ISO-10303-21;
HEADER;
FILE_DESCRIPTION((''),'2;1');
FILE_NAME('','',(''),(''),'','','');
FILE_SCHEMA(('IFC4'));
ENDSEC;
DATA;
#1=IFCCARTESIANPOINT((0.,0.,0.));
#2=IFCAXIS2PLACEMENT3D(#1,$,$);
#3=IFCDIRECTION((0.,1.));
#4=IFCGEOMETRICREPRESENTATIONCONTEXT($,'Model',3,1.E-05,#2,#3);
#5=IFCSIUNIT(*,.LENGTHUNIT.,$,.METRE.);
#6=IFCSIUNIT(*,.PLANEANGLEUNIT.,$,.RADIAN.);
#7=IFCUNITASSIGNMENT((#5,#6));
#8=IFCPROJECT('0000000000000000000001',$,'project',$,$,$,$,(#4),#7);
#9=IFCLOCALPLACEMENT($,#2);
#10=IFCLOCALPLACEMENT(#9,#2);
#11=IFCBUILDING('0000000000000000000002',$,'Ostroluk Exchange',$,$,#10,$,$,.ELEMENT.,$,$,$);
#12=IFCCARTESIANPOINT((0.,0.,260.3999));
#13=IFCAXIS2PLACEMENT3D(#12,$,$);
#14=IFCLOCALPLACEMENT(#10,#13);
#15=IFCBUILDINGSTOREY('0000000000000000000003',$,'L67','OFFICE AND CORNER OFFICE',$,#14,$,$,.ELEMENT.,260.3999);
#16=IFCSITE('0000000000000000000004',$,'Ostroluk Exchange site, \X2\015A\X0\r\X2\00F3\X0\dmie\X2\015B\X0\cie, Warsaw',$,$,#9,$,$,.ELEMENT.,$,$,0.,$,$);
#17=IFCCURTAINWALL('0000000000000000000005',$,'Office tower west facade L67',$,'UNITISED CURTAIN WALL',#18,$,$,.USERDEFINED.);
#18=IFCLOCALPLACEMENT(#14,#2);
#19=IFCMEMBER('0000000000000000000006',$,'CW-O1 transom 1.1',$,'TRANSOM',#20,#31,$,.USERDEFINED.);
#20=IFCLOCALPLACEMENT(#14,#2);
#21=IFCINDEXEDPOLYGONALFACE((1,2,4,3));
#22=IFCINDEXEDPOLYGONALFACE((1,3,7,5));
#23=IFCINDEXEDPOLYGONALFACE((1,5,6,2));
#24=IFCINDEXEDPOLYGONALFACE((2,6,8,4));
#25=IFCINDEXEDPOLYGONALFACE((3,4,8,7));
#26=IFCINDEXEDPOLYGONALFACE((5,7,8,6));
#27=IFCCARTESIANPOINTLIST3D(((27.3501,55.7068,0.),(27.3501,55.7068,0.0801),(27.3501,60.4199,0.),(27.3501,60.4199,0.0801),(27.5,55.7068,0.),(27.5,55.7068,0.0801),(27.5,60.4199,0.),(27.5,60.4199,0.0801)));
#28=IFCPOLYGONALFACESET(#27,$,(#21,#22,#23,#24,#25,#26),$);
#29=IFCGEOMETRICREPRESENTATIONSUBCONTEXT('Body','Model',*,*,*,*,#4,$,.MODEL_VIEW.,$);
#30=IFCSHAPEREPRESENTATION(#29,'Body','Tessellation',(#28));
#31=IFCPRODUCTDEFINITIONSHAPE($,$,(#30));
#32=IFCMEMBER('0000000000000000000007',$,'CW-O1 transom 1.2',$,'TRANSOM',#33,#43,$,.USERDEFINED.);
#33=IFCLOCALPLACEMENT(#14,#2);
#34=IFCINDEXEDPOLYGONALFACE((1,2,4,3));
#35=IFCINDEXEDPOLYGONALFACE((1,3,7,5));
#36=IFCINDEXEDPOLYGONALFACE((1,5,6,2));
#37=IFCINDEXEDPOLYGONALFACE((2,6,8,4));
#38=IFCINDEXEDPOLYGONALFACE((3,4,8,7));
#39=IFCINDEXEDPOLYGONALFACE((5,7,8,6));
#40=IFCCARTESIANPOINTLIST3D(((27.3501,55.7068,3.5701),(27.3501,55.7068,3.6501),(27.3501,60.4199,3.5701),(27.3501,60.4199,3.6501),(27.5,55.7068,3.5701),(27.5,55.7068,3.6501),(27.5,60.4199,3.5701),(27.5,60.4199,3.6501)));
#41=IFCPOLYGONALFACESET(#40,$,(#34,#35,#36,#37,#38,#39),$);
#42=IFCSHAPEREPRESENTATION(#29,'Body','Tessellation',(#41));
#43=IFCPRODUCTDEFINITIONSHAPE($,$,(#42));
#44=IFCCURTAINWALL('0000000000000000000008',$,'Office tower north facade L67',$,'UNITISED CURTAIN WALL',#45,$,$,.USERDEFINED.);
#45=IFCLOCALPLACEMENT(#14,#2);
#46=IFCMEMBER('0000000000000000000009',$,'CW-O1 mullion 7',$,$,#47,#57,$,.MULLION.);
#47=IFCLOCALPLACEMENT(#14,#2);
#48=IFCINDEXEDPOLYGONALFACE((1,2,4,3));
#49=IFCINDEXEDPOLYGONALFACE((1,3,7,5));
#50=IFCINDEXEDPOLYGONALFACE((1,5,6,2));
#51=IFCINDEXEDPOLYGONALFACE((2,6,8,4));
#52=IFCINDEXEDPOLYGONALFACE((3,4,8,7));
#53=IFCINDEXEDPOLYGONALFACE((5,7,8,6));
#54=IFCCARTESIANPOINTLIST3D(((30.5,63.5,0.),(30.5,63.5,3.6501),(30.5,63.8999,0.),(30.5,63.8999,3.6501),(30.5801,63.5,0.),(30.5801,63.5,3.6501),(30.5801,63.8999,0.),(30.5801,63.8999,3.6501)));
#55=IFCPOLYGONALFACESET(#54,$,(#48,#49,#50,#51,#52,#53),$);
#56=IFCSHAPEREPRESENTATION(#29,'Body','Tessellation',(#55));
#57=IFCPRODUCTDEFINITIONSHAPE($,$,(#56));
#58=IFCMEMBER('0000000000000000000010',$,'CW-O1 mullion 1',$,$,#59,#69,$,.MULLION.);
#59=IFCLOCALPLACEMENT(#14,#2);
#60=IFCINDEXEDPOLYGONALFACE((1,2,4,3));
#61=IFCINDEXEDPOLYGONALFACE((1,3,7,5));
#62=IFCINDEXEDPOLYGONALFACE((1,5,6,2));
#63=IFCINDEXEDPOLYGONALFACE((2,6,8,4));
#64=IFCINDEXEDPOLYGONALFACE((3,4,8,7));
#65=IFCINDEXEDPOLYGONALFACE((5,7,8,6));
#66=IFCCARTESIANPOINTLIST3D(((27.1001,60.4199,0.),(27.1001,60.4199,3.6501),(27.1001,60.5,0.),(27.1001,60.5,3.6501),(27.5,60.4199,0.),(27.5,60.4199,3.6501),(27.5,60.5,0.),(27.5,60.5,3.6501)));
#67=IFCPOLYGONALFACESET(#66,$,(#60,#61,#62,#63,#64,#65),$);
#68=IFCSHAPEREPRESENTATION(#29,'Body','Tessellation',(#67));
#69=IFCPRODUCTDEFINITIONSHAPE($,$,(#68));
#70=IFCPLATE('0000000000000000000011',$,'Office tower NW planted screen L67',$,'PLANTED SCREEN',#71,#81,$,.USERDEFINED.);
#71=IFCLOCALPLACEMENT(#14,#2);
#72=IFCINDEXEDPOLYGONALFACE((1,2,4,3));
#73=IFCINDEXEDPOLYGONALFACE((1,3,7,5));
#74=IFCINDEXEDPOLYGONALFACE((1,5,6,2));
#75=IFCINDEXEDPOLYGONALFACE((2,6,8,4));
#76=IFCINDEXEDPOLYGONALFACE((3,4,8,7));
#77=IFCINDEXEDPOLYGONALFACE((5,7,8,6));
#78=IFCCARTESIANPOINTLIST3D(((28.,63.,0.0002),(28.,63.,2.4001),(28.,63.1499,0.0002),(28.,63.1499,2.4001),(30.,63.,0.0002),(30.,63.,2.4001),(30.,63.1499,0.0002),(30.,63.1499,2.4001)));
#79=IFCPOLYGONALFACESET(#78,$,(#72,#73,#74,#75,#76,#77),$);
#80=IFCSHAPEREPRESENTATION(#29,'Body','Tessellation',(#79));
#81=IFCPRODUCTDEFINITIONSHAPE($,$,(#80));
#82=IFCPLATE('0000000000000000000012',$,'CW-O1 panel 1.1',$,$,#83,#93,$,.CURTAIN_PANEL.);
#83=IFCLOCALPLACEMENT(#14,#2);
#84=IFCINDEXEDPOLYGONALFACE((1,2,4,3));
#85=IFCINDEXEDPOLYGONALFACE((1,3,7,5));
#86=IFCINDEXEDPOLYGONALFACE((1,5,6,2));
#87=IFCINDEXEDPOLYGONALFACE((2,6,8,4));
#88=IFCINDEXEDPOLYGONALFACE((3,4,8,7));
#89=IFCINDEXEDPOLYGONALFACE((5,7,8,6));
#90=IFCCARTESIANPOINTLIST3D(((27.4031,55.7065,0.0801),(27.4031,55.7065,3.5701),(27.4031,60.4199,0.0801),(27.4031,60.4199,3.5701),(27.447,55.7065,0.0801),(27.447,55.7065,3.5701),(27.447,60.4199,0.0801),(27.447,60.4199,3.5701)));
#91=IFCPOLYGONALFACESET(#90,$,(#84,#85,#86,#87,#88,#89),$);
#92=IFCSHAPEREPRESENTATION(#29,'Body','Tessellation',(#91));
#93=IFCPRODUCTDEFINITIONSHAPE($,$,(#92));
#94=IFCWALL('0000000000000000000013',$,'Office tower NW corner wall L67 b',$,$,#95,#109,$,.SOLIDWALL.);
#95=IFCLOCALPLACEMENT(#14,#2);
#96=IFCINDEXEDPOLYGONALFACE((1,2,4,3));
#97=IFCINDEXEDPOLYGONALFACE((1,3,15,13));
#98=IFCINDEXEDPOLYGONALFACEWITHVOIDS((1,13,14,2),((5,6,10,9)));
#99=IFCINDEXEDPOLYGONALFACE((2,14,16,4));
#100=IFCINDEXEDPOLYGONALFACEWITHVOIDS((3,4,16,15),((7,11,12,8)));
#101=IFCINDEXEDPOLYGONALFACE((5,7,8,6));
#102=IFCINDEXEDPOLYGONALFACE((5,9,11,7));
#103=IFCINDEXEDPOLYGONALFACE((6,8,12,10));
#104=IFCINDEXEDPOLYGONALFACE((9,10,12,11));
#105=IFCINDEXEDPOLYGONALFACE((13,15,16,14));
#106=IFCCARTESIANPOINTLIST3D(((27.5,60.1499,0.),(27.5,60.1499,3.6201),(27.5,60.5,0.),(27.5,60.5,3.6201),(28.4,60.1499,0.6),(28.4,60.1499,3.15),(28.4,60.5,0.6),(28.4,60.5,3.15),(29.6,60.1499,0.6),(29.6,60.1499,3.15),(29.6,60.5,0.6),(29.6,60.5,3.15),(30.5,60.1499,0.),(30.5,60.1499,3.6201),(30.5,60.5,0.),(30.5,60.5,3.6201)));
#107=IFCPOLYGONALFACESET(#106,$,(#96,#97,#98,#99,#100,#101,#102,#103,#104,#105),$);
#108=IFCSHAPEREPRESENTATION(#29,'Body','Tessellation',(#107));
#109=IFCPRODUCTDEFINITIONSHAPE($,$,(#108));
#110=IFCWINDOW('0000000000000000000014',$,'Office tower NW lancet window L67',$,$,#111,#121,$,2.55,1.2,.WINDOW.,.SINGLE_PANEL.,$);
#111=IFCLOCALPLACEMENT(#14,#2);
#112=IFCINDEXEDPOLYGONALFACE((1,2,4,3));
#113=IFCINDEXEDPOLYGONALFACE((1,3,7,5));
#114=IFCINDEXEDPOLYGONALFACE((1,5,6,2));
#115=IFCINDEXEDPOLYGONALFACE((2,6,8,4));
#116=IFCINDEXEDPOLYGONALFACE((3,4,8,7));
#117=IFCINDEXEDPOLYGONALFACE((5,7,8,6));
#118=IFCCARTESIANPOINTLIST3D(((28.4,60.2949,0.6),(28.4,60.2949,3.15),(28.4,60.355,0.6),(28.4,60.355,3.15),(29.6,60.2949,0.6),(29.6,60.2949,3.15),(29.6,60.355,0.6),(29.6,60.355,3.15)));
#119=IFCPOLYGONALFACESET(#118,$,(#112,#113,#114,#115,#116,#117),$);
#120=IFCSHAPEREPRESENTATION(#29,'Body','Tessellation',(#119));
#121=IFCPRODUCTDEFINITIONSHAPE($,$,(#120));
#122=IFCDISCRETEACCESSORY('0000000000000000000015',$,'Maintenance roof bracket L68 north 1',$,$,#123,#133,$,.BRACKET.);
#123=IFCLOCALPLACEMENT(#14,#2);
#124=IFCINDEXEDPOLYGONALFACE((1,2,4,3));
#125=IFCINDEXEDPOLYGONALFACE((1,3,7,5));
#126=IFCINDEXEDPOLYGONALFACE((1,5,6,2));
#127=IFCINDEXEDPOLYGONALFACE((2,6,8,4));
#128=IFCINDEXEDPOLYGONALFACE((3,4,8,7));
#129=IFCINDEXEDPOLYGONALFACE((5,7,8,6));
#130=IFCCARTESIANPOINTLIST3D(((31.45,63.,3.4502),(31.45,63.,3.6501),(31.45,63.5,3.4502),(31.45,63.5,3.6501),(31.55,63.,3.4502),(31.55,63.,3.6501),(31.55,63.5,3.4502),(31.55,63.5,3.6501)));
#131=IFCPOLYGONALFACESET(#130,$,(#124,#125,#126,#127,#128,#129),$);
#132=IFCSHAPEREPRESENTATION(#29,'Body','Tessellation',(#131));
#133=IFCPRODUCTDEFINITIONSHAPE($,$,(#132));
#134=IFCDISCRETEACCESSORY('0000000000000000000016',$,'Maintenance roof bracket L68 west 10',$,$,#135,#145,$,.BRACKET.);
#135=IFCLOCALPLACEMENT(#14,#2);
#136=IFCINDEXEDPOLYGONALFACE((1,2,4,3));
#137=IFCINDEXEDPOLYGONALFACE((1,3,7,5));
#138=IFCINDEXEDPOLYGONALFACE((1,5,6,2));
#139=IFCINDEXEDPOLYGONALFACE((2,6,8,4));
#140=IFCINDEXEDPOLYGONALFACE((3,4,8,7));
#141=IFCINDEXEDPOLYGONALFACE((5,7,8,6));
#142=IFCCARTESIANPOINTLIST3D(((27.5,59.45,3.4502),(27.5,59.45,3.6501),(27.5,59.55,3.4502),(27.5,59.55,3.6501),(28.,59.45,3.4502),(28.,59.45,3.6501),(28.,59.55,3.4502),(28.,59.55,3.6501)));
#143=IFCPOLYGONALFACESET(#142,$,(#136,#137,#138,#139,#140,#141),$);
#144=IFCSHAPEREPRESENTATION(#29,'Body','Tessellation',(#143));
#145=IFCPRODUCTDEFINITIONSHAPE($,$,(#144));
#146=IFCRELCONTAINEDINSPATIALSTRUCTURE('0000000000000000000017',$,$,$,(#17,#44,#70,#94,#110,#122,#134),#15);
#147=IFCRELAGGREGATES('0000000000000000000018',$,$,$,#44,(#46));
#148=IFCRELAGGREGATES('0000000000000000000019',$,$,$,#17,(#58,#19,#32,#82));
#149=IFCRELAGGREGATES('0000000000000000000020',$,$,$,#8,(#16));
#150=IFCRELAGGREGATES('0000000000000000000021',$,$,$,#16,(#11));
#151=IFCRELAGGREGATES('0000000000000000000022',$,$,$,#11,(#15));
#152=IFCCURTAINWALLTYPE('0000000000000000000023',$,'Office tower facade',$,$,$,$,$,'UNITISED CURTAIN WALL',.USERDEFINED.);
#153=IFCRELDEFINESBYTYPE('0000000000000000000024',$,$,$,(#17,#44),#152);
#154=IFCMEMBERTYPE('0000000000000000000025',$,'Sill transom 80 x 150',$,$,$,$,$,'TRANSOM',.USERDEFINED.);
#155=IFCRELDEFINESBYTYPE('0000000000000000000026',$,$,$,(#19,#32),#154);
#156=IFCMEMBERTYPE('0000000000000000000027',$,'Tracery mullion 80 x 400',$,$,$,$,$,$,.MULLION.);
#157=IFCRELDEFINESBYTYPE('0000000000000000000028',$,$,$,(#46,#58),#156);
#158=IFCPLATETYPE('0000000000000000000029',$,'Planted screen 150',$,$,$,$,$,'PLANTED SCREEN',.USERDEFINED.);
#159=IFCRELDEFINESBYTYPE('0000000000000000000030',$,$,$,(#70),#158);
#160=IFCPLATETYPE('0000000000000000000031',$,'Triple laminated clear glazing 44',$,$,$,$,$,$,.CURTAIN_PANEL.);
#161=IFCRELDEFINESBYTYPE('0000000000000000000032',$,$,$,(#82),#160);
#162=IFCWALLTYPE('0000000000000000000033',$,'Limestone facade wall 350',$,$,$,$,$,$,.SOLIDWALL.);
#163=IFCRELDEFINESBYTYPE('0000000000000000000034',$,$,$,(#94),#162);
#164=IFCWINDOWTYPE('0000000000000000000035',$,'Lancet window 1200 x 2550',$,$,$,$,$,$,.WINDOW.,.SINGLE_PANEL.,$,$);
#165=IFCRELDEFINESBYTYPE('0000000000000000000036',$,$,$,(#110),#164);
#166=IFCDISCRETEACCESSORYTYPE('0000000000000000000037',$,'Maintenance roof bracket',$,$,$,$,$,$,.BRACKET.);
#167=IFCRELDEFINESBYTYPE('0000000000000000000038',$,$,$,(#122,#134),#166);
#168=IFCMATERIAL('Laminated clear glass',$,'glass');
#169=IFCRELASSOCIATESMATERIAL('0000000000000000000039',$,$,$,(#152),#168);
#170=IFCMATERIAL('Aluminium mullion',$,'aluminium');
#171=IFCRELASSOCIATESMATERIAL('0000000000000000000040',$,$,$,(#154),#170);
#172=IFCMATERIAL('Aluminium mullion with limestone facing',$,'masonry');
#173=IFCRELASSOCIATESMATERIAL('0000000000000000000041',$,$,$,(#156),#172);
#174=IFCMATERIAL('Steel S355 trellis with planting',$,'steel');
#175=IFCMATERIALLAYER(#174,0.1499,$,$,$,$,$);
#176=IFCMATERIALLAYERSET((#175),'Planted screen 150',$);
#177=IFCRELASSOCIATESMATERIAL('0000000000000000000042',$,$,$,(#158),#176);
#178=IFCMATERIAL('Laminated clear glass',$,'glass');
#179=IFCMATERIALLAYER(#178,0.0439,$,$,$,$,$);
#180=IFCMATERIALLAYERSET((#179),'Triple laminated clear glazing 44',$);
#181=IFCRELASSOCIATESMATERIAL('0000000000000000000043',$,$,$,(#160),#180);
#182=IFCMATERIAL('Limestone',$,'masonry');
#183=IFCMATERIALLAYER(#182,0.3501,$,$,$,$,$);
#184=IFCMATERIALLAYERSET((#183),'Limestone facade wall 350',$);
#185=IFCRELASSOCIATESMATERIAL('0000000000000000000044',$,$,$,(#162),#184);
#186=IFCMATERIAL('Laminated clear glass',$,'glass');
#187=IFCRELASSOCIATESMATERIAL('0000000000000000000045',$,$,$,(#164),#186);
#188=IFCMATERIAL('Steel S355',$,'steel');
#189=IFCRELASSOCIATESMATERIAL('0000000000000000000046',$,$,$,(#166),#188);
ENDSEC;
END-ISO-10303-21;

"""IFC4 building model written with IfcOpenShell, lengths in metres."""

from ifc_helpers import new_model, si_unit, direction, frame, frame_2d, origin, origin_2d, place, context, subcontext, project, spatial, rectangle, extrude, material, layer, layer_set, material_profile, profile_set, type_object, element, fill, aggregate, save


model = new_model("IFC4")

# Units and contexts
model_context = context("Model", 3, precision=1e-05, world=origin(), true_north=direction((0.0, 1.0)))
body_context = subcontext(model_context, "Body", "Model", "MODEL_VIEW")
ifc_project = project(units=[si_unit("LENGTHUNIT", "METRE"), si_unit("PLANEANGLEUNIT", "RADIAN")], contexts=[model_context])

# Site, building, storey
site_placement = place(None, origin())
site = spatial("IfcSite", under=ifc_project, at=site_placement, Name="Ostroluk Exchange site, Śródmieście, Warsaw", CompositionType="ELEMENT", RefElevation=0.0)
building_placement = place(site_placement, origin())
building = spatial("IfcBuilding", under=site, at=building_placement, Name="Ostroluk Exchange", CompositionType="ELEMENT")
storey_placement = place(building_placement, frame((0.0, 0.0, 260.3999)))
storey = spatial("IfcBuildingStorey", under=building, at=storey_placement, Name="L67", Description="OFFICE AND CORNER OFFICE", CompositionType="ELEMENT", Elevation=260.3999)

# Curtain wall, members
ifc_material_1 = material(Name="Laminated clear glass", Category="glass")
curtain_wall_type = type_object("IfcCurtainWallType", Name="Office tower facade", ElementType="UNITISED CURTAIN WALL", PredefinedType="USERDEFINED", material=ifc_material_1)
curtain_wall_1_placement = place(storey_placement, origin())
curtain_wall_1 = element("IfcCurtainWall", 1, at=curtain_wall_1_placement, inside=storey, type_object=curtain_wall_type, Name="Office tower west facade L67", ObjectType="UNITISED CURTAIN WALL", PredefinedType="USERDEFINED")
ifc_material_2 = material(Name="Aluminium mullion", Category="aluminium")
ifc_material_profile_1 = material_profile(ifc_material_2, rectangle(XDim=0.1499, YDim=0.0801, at=origin_2d()), Name="Sill transom 80 x 150")
ifc_profile_set_1 = profile_set([ifc_material_profile_1], Name="Aluminium mullion")
member_type_1 = type_object("IfcMemberType", Name="Sill transom 80 x 150", ElementType="TRANSOM", PredefinedType="USERDEFINED", material=ifc_profile_set_1)
member_1_placement = place(storey_placement, frame((27.425, 60.4199, 0.04), z_axis=(0.0, -1.0, 0.0), x_axis=(1.0, 0.0, 0.0)))
member_1 = element("IfcMember", 2, at=member_1_placement, type_object=member_type_1, Name="CW-O1 transom 1.1", ObjectType="TRANSOM", PredefinedType="USERDEFINED", context=body_context, shape_type="SweptSolid", body=[
    extrude(rectangle(XDim=0.1499, YDim=0.0801, at=origin_2d()), origin(), (0.0, 0.0, 1.0), 4.7131),
])
member_2_placement = place(storey_placement, frame((27.425, 60.4199, 3.6101), z_axis=(0.0, -1.0, 0.0), x_axis=(1.0, 0.0, 0.0)))
member_2 = element("IfcMember", 3, at=member_2_placement, type_object=member_type_1, Name="CW-O1 transom 1.2", ObjectType="TRANSOM", PredefinedType="USERDEFINED", context=body_context, shape_type="SweptSolid", body=[
    extrude(rectangle(XDim=0.1499, YDim=0.0801, at=origin_2d()), origin(), (0.0, 0.0, 1.0), 4.7131),
])

# Curtain wall, member
curtain_wall_2_placement = place(storey_placement, origin())
curtain_wall_2 = element("IfcCurtainWall", 4, at=curtain_wall_2_placement, inside=storey, type_object=curtain_wall_type, Name="Office tower north facade L67", ObjectType="UNITISED CURTAIN WALL", PredefinedType="USERDEFINED")
ifc_material_3 = material(Name="Aluminium mullion with limestone facing", Category="masonry")
ifc_material_profile_2 = material_profile(ifc_material_3, rectangle(XDim=0.3999, YDim=0.0801, at=origin_2d()), Name="Tracery mullion 80 x 400")
ifc_profile_set_2 = profile_set([ifc_material_profile_2], Name="Aluminium mullion with limestone facing")
member_type_2 = type_object("IfcMemberType", Name="Tracery mullion 80 x 400", PredefinedType="MULLION", material=ifc_profile_set_2)
member_3_placement = place(storey_placement, frame((30.54, 63.7, 0.0), z_axis=(0.0, 0.0, 1.0), x_axis=(0.0, -1.0, 0.0)))
member_3 = element("IfcMember", 5, at=member_3_placement, type_object=member_type_2, Name="CW-O1 mullion 7", PredefinedType="MULLION", context=body_context, shape_type="SweptSolid", body=[
    extrude(rectangle(XDim=0.3999, YDim=0.0801, at=origin_2d()), origin(), (0.0, 0.0, 1.0), 3.6501),
])
aggregate(curtain_wall_2, [member_3])

# Member
member_4_placement = place(storey_placement, frame((27.3, 60.46, 0.0), z_axis=(0.0, 0.0, 1.0), x_axis=(1.0, 0.0, 0.0)))
member_4 = element("IfcMember", 6, at=member_4_placement, type_object=member_type_2, Name="CW-O1 mullion 1", PredefinedType="MULLION", context=body_context, shape_type="SweptSolid", body=[
    extrude(rectangle(XDim=0.3999, YDim=0.0801, at=origin_2d()), origin(), (0.0, 0.0, 1.0), 3.6501),
])

# Plates
ifc_material_4 = material(Name="Steel S355 trellis with planting", Category="steel")
ifc_layer_1 = layer(ifc_material_4, 0.1499)
ifc_layer_set_1 = layer_set([ifc_layer_1], Name="Planted screen 150")
plate_type_1 = type_object("IfcPlateType", Name="Planted screen 150", ElementType="PLANTED SCREEN", PredefinedType="USERDEFINED", material=ifc_layer_set_1)
plate_1_placement = place(storey_placement, frame((29.0, 63.075, 0.0002), z_axis=(0.0, 0.0, 1.0), x_axis=(1.0, 0.0, 0.0)))
element("IfcPlate", 7, at=plate_1_placement, inside=storey, type_object=plate_type_1, Name="Office tower NW planted screen L67", ObjectType="PLANTED SCREEN", PredefinedType="USERDEFINED", context=body_context, shape_type="SweptSolid", body=[
    extrude(rectangle(XDim=2.0, YDim=0.1499, at=origin_2d()), origin(), (0.0, 0.0, 1.0), 2.3999),
])
ifc_material_5 = material(Name="Laminated clear glass", Category="glass")
ifc_layer_2 = layer(ifc_material_5, 0.0439)
ifc_layer_set_2 = layer_set([ifc_layer_2], Name="Triple laminated clear glazing 44")
plate_type_2 = type_object("IfcPlateType", Name="Triple laminated clear glazing 44", PredefinedType="CURTAIN_PANEL", material=ifc_layer_set_2)
plate_2_placement = place(storey_placement, frame((27.425, 58.0632, 0.0801), z_axis=(0.0, 0.0, 1.0), x_axis=(0.0, -1.0, 0.0)))
plate_2 = element("IfcPlate", 8, at=plate_2_placement, type_object=plate_type_2, Name="CW-O1 panel 1.1", PredefinedType="CURTAIN_PANEL", context=body_context, shape_type="SweptSolid", body=[
    extrude(rectangle(XDim=4.7134, YDim=0.0439, at=origin_2d()), origin(), (0.0, 0.0, 1.0), 3.49),
])
aggregate(curtain_wall_1, [member_4, member_1, member_2, plate_2])

# Shared definitions
ifc_material_6 = material(Name="Limestone", Category="masonry")
ifc_layer_3 = layer(ifc_material_6, 0.3501)
ifc_layer_set_3 = layer_set([ifc_layer_3], Name="Limestone facade wall 350")
wall_type = type_object("IfcWallType", Name="Limestone facade wall 350", PredefinedType="SOLIDWALL", material=ifc_layer_set_3)

# Wall, opening, window
wall_1_placement = place(storey_placement, frame((30.5, 60.325, 0.0), z_axis=(0.0, 0.0, 1.0), x_axis=(-1.0, 0.0, 0.0)))
wall_1 = element("IfcWall", 9, at=wall_1_placement, inside=storey, type_object=wall_type, Name="Office tower NW corner wall L67 b", PredefinedType="SOLIDWALL", context=body_context, shape_type="SweptSolid", body=[
    extrude(rectangle(XDim=3.0, YDim=0.3501, at=frame_2d((1.5, 0.0))), origin(), (0.0, 0.0, 1.0), 3.6201),
])
opening_1_placement = place(wall_1_placement, frame((0.8999, 0.0, 0.6001)))
opening_1 = element("IfcOpeningElement", 10, at=opening_1_placement, cuts=wall_1, PredefinedType="OPENING", context=body_context, shape_type="SweptSolid", body=[
    extrude(rectangle(XDim=1.2, YDim=2.55, at=frame_2d((0.6001, 1.2749))), frame((0.0, 0.1851, 0.0), z_axis=(0.0, -1.0, 0.0), x_axis=(1.0, 0.0, 0.0)), (0.0, 0.0, 1.0), 0.3701),
])
ifc_material_7 = material(Name="Laminated clear glass", Category="glass")
window_type = type_object("IfcWindowType", Name="Lancet window 1200 x 2550", PartitioningType="SINGLE_PANEL", PredefinedType="WINDOW", material=ifc_material_7)
window_placement = place(opening_1_placement, origin())
window = element("IfcWindow", 11, at=window_placement, inside=storey, type_object=window_type, Name="Office tower NW lancet window L67", OverallHeight=2.55, OverallWidth=1.2, PartitioningType="SINGLE_PANEL", PredefinedType="WINDOW", context=body_context, shape_type="SweptSolid", body=[
    extrude(rectangle(XDim=1.2, YDim=2.55, at=frame_2d((0.6001, 1.2749))), frame((0.0, 0.03, 0.0), z_axis=(0.0, -1.0, 0.0), x_axis=(1.0, 0.0, 0.0)), (0.0, 0.0, 1.0), 0.0601),
])
fill(opening_1, window)

# Discrete accessories
ifc_material_8 = material(Name="Steel S355", Category="steel")
discrete_accessory_type = type_object("IfcDiscreteAccessoryType", Name="Maintenance roof bracket", PredefinedType="BRACKET", material=ifc_material_8)
discrete_accessory_1_placement = place(storey_placement, frame((31.5, 63.25, 3.4502), z_axis=(0.0, 0.0, 1.0), x_axis=(1.0, 0.0, 0.0)))
element("IfcDiscreteAccessory", 12, at=discrete_accessory_1_placement, inside=storey, type_object=discrete_accessory_type, Name="Maintenance roof bracket L68 north 1", PredefinedType="BRACKET", context=body_context, shape_type="SweptSolid", body=[
    extrude(rectangle(XDim=0.1001, YDim=0.5, at=origin_2d()), origin(), (0.0, 0.0, 1.0), 0.2),
])
discrete_accessory_2_placement = place(storey_placement, frame((27.75, 59.5, 3.4502), z_axis=(0.0, 0.0, 1.0), x_axis=(1.0, 0.0, 0.0)))
element("IfcDiscreteAccessory", 13, at=discrete_accessory_2_placement, inside=storey, type_object=discrete_accessory_type, Name="Maintenance roof bracket L68 west 10", PredefinedType="BRACKET", context=body_context, shape_type="SweptSolid", body=[
    extrude(rectangle(XDim=0.5, YDim=0.1001, at=origin_2d()), origin(), (0.0, 0.0, 1.0), 0.2),
])

save(model, "model.ifc")
